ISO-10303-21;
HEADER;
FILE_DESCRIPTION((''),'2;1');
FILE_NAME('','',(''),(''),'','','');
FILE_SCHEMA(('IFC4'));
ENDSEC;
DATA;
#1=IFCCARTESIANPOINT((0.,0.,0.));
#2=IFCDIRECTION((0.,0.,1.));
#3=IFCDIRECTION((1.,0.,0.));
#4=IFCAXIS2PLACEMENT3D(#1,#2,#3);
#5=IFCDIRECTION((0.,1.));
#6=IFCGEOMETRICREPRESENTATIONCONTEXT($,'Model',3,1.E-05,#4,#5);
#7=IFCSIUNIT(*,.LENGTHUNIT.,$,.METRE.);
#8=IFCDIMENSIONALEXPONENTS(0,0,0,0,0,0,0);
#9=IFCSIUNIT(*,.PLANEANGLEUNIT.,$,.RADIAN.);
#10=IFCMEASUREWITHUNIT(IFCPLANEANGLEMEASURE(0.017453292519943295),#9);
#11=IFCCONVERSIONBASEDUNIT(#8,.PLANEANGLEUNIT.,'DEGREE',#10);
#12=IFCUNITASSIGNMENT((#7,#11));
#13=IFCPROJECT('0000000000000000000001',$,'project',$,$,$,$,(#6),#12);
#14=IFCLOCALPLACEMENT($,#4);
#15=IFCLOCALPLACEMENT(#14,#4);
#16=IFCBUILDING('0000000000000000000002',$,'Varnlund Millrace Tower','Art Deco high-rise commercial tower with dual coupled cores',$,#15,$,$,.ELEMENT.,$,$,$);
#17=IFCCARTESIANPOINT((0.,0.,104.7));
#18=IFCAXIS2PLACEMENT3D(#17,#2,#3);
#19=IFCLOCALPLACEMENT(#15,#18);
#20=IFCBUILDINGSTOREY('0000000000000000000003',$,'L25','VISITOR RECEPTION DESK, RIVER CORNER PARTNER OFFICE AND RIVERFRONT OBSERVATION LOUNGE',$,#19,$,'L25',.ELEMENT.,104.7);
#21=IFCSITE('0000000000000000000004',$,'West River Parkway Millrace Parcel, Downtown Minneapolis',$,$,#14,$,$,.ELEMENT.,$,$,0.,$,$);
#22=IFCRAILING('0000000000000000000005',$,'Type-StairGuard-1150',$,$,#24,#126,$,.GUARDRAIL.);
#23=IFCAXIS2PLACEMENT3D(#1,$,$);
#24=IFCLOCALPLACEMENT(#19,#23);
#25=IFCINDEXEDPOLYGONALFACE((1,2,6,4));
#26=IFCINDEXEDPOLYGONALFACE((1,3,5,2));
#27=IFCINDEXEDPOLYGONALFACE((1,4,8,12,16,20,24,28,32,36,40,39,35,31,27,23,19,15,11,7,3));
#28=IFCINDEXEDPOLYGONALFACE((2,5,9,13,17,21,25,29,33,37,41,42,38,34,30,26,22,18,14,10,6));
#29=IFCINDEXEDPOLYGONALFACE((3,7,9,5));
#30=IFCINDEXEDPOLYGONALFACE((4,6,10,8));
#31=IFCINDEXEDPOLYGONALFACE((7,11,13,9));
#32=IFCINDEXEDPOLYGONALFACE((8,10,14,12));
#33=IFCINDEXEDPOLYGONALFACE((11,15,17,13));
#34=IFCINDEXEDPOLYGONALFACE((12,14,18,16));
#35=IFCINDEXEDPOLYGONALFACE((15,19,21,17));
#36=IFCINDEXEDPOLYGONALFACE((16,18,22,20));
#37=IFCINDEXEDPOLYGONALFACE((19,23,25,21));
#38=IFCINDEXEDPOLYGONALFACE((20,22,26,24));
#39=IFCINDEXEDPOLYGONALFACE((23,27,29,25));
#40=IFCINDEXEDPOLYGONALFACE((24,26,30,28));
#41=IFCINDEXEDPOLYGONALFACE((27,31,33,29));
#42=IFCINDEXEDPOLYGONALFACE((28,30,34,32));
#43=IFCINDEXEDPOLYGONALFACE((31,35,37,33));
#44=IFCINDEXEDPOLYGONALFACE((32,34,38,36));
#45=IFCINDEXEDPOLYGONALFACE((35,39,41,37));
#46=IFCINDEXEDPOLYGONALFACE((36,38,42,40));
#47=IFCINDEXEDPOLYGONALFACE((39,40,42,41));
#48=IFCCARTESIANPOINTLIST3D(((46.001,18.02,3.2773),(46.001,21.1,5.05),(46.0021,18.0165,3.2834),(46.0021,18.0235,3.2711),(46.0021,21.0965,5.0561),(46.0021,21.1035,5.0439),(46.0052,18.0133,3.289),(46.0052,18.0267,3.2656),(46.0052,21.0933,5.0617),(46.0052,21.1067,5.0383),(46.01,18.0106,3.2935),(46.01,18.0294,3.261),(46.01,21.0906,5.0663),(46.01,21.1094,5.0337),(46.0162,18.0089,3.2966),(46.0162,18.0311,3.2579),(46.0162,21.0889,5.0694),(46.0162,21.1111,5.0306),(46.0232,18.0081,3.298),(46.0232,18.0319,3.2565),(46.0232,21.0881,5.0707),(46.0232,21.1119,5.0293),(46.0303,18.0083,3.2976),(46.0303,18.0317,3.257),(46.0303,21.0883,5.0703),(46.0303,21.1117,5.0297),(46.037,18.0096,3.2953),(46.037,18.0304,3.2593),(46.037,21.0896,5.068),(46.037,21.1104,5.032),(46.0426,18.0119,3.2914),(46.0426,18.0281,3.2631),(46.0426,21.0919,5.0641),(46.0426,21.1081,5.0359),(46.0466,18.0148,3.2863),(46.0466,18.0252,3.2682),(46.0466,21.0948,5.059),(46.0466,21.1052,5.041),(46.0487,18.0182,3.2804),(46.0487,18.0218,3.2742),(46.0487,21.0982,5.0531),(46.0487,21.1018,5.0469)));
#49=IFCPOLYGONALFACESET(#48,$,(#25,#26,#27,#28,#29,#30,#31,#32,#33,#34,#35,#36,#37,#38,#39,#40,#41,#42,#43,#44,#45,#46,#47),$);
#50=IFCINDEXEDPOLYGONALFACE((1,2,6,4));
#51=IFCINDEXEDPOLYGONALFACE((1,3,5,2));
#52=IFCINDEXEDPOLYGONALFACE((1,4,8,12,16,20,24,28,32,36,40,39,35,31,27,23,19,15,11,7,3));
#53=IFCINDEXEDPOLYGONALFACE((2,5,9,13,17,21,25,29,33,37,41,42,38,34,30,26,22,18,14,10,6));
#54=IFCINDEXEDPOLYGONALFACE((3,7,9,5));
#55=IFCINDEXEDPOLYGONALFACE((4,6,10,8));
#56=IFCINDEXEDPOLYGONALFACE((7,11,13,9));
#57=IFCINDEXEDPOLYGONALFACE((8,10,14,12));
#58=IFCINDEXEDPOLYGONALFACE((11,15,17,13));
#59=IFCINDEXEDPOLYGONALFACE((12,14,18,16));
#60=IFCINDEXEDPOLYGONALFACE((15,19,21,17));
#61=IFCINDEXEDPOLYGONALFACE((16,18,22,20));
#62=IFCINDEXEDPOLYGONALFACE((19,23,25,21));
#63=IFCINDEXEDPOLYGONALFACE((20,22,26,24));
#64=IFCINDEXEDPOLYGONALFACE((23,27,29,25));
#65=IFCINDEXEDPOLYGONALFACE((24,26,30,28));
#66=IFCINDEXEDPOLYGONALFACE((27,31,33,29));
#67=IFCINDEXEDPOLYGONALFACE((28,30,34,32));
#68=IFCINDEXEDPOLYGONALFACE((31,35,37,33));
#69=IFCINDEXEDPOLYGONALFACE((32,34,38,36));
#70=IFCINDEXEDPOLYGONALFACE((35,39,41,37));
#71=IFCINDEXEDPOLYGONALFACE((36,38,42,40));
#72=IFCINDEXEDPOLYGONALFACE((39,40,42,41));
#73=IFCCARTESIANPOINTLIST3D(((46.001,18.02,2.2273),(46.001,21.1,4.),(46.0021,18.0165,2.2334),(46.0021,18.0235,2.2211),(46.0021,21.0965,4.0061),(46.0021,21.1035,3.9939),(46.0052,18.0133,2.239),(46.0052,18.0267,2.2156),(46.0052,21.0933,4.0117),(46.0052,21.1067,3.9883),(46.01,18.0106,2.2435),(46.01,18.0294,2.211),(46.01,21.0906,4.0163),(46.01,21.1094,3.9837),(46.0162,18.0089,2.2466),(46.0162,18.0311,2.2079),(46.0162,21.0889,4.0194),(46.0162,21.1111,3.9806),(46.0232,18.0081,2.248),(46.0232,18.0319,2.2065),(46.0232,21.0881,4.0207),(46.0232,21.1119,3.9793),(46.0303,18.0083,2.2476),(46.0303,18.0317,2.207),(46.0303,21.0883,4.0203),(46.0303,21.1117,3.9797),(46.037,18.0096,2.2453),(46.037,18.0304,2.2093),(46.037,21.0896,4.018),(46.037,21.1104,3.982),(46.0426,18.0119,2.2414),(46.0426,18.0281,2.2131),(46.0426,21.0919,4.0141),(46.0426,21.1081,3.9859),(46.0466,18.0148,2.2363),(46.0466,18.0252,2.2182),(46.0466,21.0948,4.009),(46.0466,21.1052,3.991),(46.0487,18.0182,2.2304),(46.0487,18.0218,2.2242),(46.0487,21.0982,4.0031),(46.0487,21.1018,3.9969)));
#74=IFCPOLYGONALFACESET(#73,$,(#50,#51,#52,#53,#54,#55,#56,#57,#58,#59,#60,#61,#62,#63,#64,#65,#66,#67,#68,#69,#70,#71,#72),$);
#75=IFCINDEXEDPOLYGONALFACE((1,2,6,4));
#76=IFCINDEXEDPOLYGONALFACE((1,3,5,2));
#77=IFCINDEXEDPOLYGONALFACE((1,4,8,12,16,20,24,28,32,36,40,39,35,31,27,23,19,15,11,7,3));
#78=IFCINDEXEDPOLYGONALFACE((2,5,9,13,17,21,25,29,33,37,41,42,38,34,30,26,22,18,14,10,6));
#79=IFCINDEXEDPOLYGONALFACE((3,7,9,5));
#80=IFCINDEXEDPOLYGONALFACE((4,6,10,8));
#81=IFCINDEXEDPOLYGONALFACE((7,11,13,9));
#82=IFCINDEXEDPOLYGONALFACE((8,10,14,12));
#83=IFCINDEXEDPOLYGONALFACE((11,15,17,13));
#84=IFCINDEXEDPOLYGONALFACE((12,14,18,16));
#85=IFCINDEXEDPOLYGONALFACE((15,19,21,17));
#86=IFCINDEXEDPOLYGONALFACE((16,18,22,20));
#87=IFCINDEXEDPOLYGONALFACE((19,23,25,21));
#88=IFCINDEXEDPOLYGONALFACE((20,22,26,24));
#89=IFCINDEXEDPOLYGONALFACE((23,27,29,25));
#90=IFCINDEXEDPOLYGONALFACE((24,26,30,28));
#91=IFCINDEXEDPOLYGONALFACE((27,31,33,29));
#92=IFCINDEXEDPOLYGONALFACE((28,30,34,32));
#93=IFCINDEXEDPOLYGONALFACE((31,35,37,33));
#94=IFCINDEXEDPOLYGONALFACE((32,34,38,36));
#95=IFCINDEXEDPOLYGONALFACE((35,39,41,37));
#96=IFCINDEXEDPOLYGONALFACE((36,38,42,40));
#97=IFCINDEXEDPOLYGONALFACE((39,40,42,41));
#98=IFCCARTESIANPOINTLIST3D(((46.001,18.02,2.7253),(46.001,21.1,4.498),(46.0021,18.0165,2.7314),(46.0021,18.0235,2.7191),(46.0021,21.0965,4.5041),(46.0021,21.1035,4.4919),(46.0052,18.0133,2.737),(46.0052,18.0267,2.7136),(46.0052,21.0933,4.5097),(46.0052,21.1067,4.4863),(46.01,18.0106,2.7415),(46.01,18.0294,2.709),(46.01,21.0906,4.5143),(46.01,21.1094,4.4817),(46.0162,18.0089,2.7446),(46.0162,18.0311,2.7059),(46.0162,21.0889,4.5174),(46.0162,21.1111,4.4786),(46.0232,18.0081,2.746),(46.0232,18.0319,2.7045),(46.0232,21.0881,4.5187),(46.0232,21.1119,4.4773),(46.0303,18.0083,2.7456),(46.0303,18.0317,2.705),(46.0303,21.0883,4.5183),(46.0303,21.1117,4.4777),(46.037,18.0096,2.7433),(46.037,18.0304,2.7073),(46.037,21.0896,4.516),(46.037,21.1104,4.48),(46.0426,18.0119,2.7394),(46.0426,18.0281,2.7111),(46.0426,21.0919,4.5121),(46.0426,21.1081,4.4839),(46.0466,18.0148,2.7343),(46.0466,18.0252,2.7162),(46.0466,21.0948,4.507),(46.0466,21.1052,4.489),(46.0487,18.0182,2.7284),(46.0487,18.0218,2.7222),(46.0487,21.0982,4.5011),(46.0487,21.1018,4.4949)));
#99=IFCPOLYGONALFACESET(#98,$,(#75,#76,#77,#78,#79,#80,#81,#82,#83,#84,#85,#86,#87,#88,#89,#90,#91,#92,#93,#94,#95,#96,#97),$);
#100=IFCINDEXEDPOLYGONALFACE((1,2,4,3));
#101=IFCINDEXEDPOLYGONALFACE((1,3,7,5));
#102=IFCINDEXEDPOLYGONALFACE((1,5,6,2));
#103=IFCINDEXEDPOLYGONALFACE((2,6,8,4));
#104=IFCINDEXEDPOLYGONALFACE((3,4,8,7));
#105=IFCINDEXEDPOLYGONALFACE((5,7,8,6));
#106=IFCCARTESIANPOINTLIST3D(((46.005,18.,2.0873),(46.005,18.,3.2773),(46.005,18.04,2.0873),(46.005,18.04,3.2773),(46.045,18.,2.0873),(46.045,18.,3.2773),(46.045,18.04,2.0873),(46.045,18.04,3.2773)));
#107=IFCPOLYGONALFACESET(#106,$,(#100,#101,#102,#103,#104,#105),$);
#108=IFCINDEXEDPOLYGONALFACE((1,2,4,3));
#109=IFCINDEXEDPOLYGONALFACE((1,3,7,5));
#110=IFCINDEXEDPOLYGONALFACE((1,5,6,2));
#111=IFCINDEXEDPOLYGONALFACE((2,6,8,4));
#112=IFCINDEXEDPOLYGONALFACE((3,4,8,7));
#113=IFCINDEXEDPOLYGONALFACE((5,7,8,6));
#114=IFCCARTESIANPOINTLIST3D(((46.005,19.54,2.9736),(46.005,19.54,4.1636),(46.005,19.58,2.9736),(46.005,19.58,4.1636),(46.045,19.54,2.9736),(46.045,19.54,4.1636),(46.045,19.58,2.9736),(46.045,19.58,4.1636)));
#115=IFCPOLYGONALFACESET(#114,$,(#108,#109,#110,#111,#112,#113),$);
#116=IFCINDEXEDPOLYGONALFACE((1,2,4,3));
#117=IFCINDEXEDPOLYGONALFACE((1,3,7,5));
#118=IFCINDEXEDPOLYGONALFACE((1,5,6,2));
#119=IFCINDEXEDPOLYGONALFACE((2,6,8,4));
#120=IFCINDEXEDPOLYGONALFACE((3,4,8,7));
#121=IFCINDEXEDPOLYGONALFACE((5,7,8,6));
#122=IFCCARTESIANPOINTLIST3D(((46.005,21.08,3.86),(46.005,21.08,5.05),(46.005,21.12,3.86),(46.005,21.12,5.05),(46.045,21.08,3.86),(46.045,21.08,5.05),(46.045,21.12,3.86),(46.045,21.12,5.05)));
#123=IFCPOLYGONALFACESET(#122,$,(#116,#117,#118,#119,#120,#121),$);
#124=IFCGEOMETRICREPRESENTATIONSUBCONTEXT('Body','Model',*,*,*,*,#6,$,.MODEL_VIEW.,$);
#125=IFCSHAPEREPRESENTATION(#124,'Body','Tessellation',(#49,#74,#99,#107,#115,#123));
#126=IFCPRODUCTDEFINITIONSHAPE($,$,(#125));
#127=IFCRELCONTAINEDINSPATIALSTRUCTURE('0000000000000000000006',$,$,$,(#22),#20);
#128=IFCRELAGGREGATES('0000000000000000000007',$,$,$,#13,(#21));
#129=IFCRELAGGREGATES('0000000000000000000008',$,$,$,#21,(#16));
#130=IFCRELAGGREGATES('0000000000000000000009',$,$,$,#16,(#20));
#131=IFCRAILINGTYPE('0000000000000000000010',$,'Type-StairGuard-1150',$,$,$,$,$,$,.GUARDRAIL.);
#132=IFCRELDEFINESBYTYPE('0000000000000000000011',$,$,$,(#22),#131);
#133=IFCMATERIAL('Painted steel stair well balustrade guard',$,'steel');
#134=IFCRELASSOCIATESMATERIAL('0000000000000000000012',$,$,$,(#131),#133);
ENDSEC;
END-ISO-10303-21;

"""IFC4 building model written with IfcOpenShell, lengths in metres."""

from ifc_helpers import new_model, entity, si_unit, converted_unit, direction, frame, origin_with_axes, origin_2d_with_axis, place, context, subcontext, project, spatial, rectangle, circle, extrude, material, type_object, element, save


model = new_model("IFC4")

# Units and contexts
model_context = context("Model", 3, precision=1e-05, world=origin_with_axes(), true_north=direction((0.0, 1.0)))
body_context = subcontext(model_context, "Body", "Model", "MODEL_VIEW")
ifc_project = project(units=[si_unit("LENGTHUNIT", "METRE"), converted_unit("PLANEANGLEUNIT", "DEGREE", entity("IfcPlaneAngleMeasure", 0.017453292519943295), si_unit("PLANEANGLEUNIT", "RADIAN"), dimensions=[0, 0, 0, 0, 0, 0, 0])], contexts=[model_context])

# Site, building, storey
site_placement = place(None, origin_with_axes())
site = spatial("IfcSite", under=ifc_project, at=site_placement, Name="West River Parkway Millrace Parcel, Downtown Minneapolis", CompositionType="ELEMENT", RefElevation=0.0)
building_placement = place(site_placement, origin_with_axes())
building = spatial("IfcBuilding", under=site, at=building_placement, Name="Varnlund Millrace Tower", Description="Art Deco high-rise commercial tower with dual coupled cores", CompositionType="ELEMENT")
storey_placement = place(building_placement, frame((0.0, 0.0, 104.7), z_axis=(0.0, 0.0, 1.0), x_axis=(1.0, 0.0, 0.0)))
storey = spatial("IfcBuildingStorey", under=building, at=storey_placement, Name="L25", Description="VISITOR RECEPTION DESK, RIVER CORNER PARTNER OFFICE AND RIVERFRONT OBSERVATION LOUNGE", LongName="L25", CompositionType="ELEMENT", Elevation=104.7)

# Railing
ifc_material_1 = material(Name="Painted steel stair well balustrade guard", Category="steel")
railing_type_1 = type_object("IfcRailingType", Name="Type-StairGuard-1150", PredefinedType="GUARDRAIL", material=ifc_material_1)
railing_1_placement = place(storey_placement, frame((0.0, 0.0, -104.7), z_axis=(0.0, 0.0, 1.0), x_axis=(1.0, 0.0, 0.0)))
element("IfcRailing", 1, at=railing_1_placement, inside=storey, type_object=railing_type_1, Name="Type-StairGuard-1150", PredefinedType="GUARDRAIL", context=body_context, shape_type="SweptSolid", body=[
    extrude(circle(Radius=0.024, at=origin_2d_with_axis()), frame((46.025, 18.02, 107.9773), z_axis=(0.0, 0.866696, 0.498836), x_axis=(-1.0, 0.0, 0.0)), (0.0, 0.0, 1.0), 3.5537),
    extrude(circle(Radius=0.024, at=origin_2d_with_axis()), frame((46.025, 18.02, 106.9273), z_axis=(0.0, 0.866696, 0.498836), x_axis=(-1.0, 0.0, 0.0)), (0.0, 0.0, 1.0), 3.5537),
    extrude(circle(Radius=0.024, at=origin_2d_with_axis()), frame((46.025, 18.02, 107.4253), z_axis=(0.0, 0.866696, 0.498836), x_axis=(-1.0, 0.0, 0.0)), (0.0, 0.0, 1.0), 3.5537),
    extrude(rectangle(XDim=0.04, YDim=0.04, at=origin_2d_with_axis()), frame((46.025, 18.02, 106.7873), z_axis=(0.0, 0.0, 1.0), x_axis=(1.0, 0.0, 0.0)), (0.0, 0.0, 1.0), 1.19),
    extrude(rectangle(XDim=0.04, YDim=0.04, at=origin_2d_with_axis()), frame((46.025, 19.56, 107.6736), z_axis=(0.0, 0.0, 1.0), x_axis=(1.0, 0.0, 0.0)), (0.0, 0.0, 1.0), 1.19),
    extrude(rectangle(XDim=0.04, YDim=0.04, at=origin_2d_with_axis()), frame((46.025, 21.1, 108.56), z_axis=(0.0, 0.0, 1.0), x_axis=(1.0, 0.0, 0.0)), (0.0, 0.0, 1.0), 1.19),
])

save(model, "model.ifc")
